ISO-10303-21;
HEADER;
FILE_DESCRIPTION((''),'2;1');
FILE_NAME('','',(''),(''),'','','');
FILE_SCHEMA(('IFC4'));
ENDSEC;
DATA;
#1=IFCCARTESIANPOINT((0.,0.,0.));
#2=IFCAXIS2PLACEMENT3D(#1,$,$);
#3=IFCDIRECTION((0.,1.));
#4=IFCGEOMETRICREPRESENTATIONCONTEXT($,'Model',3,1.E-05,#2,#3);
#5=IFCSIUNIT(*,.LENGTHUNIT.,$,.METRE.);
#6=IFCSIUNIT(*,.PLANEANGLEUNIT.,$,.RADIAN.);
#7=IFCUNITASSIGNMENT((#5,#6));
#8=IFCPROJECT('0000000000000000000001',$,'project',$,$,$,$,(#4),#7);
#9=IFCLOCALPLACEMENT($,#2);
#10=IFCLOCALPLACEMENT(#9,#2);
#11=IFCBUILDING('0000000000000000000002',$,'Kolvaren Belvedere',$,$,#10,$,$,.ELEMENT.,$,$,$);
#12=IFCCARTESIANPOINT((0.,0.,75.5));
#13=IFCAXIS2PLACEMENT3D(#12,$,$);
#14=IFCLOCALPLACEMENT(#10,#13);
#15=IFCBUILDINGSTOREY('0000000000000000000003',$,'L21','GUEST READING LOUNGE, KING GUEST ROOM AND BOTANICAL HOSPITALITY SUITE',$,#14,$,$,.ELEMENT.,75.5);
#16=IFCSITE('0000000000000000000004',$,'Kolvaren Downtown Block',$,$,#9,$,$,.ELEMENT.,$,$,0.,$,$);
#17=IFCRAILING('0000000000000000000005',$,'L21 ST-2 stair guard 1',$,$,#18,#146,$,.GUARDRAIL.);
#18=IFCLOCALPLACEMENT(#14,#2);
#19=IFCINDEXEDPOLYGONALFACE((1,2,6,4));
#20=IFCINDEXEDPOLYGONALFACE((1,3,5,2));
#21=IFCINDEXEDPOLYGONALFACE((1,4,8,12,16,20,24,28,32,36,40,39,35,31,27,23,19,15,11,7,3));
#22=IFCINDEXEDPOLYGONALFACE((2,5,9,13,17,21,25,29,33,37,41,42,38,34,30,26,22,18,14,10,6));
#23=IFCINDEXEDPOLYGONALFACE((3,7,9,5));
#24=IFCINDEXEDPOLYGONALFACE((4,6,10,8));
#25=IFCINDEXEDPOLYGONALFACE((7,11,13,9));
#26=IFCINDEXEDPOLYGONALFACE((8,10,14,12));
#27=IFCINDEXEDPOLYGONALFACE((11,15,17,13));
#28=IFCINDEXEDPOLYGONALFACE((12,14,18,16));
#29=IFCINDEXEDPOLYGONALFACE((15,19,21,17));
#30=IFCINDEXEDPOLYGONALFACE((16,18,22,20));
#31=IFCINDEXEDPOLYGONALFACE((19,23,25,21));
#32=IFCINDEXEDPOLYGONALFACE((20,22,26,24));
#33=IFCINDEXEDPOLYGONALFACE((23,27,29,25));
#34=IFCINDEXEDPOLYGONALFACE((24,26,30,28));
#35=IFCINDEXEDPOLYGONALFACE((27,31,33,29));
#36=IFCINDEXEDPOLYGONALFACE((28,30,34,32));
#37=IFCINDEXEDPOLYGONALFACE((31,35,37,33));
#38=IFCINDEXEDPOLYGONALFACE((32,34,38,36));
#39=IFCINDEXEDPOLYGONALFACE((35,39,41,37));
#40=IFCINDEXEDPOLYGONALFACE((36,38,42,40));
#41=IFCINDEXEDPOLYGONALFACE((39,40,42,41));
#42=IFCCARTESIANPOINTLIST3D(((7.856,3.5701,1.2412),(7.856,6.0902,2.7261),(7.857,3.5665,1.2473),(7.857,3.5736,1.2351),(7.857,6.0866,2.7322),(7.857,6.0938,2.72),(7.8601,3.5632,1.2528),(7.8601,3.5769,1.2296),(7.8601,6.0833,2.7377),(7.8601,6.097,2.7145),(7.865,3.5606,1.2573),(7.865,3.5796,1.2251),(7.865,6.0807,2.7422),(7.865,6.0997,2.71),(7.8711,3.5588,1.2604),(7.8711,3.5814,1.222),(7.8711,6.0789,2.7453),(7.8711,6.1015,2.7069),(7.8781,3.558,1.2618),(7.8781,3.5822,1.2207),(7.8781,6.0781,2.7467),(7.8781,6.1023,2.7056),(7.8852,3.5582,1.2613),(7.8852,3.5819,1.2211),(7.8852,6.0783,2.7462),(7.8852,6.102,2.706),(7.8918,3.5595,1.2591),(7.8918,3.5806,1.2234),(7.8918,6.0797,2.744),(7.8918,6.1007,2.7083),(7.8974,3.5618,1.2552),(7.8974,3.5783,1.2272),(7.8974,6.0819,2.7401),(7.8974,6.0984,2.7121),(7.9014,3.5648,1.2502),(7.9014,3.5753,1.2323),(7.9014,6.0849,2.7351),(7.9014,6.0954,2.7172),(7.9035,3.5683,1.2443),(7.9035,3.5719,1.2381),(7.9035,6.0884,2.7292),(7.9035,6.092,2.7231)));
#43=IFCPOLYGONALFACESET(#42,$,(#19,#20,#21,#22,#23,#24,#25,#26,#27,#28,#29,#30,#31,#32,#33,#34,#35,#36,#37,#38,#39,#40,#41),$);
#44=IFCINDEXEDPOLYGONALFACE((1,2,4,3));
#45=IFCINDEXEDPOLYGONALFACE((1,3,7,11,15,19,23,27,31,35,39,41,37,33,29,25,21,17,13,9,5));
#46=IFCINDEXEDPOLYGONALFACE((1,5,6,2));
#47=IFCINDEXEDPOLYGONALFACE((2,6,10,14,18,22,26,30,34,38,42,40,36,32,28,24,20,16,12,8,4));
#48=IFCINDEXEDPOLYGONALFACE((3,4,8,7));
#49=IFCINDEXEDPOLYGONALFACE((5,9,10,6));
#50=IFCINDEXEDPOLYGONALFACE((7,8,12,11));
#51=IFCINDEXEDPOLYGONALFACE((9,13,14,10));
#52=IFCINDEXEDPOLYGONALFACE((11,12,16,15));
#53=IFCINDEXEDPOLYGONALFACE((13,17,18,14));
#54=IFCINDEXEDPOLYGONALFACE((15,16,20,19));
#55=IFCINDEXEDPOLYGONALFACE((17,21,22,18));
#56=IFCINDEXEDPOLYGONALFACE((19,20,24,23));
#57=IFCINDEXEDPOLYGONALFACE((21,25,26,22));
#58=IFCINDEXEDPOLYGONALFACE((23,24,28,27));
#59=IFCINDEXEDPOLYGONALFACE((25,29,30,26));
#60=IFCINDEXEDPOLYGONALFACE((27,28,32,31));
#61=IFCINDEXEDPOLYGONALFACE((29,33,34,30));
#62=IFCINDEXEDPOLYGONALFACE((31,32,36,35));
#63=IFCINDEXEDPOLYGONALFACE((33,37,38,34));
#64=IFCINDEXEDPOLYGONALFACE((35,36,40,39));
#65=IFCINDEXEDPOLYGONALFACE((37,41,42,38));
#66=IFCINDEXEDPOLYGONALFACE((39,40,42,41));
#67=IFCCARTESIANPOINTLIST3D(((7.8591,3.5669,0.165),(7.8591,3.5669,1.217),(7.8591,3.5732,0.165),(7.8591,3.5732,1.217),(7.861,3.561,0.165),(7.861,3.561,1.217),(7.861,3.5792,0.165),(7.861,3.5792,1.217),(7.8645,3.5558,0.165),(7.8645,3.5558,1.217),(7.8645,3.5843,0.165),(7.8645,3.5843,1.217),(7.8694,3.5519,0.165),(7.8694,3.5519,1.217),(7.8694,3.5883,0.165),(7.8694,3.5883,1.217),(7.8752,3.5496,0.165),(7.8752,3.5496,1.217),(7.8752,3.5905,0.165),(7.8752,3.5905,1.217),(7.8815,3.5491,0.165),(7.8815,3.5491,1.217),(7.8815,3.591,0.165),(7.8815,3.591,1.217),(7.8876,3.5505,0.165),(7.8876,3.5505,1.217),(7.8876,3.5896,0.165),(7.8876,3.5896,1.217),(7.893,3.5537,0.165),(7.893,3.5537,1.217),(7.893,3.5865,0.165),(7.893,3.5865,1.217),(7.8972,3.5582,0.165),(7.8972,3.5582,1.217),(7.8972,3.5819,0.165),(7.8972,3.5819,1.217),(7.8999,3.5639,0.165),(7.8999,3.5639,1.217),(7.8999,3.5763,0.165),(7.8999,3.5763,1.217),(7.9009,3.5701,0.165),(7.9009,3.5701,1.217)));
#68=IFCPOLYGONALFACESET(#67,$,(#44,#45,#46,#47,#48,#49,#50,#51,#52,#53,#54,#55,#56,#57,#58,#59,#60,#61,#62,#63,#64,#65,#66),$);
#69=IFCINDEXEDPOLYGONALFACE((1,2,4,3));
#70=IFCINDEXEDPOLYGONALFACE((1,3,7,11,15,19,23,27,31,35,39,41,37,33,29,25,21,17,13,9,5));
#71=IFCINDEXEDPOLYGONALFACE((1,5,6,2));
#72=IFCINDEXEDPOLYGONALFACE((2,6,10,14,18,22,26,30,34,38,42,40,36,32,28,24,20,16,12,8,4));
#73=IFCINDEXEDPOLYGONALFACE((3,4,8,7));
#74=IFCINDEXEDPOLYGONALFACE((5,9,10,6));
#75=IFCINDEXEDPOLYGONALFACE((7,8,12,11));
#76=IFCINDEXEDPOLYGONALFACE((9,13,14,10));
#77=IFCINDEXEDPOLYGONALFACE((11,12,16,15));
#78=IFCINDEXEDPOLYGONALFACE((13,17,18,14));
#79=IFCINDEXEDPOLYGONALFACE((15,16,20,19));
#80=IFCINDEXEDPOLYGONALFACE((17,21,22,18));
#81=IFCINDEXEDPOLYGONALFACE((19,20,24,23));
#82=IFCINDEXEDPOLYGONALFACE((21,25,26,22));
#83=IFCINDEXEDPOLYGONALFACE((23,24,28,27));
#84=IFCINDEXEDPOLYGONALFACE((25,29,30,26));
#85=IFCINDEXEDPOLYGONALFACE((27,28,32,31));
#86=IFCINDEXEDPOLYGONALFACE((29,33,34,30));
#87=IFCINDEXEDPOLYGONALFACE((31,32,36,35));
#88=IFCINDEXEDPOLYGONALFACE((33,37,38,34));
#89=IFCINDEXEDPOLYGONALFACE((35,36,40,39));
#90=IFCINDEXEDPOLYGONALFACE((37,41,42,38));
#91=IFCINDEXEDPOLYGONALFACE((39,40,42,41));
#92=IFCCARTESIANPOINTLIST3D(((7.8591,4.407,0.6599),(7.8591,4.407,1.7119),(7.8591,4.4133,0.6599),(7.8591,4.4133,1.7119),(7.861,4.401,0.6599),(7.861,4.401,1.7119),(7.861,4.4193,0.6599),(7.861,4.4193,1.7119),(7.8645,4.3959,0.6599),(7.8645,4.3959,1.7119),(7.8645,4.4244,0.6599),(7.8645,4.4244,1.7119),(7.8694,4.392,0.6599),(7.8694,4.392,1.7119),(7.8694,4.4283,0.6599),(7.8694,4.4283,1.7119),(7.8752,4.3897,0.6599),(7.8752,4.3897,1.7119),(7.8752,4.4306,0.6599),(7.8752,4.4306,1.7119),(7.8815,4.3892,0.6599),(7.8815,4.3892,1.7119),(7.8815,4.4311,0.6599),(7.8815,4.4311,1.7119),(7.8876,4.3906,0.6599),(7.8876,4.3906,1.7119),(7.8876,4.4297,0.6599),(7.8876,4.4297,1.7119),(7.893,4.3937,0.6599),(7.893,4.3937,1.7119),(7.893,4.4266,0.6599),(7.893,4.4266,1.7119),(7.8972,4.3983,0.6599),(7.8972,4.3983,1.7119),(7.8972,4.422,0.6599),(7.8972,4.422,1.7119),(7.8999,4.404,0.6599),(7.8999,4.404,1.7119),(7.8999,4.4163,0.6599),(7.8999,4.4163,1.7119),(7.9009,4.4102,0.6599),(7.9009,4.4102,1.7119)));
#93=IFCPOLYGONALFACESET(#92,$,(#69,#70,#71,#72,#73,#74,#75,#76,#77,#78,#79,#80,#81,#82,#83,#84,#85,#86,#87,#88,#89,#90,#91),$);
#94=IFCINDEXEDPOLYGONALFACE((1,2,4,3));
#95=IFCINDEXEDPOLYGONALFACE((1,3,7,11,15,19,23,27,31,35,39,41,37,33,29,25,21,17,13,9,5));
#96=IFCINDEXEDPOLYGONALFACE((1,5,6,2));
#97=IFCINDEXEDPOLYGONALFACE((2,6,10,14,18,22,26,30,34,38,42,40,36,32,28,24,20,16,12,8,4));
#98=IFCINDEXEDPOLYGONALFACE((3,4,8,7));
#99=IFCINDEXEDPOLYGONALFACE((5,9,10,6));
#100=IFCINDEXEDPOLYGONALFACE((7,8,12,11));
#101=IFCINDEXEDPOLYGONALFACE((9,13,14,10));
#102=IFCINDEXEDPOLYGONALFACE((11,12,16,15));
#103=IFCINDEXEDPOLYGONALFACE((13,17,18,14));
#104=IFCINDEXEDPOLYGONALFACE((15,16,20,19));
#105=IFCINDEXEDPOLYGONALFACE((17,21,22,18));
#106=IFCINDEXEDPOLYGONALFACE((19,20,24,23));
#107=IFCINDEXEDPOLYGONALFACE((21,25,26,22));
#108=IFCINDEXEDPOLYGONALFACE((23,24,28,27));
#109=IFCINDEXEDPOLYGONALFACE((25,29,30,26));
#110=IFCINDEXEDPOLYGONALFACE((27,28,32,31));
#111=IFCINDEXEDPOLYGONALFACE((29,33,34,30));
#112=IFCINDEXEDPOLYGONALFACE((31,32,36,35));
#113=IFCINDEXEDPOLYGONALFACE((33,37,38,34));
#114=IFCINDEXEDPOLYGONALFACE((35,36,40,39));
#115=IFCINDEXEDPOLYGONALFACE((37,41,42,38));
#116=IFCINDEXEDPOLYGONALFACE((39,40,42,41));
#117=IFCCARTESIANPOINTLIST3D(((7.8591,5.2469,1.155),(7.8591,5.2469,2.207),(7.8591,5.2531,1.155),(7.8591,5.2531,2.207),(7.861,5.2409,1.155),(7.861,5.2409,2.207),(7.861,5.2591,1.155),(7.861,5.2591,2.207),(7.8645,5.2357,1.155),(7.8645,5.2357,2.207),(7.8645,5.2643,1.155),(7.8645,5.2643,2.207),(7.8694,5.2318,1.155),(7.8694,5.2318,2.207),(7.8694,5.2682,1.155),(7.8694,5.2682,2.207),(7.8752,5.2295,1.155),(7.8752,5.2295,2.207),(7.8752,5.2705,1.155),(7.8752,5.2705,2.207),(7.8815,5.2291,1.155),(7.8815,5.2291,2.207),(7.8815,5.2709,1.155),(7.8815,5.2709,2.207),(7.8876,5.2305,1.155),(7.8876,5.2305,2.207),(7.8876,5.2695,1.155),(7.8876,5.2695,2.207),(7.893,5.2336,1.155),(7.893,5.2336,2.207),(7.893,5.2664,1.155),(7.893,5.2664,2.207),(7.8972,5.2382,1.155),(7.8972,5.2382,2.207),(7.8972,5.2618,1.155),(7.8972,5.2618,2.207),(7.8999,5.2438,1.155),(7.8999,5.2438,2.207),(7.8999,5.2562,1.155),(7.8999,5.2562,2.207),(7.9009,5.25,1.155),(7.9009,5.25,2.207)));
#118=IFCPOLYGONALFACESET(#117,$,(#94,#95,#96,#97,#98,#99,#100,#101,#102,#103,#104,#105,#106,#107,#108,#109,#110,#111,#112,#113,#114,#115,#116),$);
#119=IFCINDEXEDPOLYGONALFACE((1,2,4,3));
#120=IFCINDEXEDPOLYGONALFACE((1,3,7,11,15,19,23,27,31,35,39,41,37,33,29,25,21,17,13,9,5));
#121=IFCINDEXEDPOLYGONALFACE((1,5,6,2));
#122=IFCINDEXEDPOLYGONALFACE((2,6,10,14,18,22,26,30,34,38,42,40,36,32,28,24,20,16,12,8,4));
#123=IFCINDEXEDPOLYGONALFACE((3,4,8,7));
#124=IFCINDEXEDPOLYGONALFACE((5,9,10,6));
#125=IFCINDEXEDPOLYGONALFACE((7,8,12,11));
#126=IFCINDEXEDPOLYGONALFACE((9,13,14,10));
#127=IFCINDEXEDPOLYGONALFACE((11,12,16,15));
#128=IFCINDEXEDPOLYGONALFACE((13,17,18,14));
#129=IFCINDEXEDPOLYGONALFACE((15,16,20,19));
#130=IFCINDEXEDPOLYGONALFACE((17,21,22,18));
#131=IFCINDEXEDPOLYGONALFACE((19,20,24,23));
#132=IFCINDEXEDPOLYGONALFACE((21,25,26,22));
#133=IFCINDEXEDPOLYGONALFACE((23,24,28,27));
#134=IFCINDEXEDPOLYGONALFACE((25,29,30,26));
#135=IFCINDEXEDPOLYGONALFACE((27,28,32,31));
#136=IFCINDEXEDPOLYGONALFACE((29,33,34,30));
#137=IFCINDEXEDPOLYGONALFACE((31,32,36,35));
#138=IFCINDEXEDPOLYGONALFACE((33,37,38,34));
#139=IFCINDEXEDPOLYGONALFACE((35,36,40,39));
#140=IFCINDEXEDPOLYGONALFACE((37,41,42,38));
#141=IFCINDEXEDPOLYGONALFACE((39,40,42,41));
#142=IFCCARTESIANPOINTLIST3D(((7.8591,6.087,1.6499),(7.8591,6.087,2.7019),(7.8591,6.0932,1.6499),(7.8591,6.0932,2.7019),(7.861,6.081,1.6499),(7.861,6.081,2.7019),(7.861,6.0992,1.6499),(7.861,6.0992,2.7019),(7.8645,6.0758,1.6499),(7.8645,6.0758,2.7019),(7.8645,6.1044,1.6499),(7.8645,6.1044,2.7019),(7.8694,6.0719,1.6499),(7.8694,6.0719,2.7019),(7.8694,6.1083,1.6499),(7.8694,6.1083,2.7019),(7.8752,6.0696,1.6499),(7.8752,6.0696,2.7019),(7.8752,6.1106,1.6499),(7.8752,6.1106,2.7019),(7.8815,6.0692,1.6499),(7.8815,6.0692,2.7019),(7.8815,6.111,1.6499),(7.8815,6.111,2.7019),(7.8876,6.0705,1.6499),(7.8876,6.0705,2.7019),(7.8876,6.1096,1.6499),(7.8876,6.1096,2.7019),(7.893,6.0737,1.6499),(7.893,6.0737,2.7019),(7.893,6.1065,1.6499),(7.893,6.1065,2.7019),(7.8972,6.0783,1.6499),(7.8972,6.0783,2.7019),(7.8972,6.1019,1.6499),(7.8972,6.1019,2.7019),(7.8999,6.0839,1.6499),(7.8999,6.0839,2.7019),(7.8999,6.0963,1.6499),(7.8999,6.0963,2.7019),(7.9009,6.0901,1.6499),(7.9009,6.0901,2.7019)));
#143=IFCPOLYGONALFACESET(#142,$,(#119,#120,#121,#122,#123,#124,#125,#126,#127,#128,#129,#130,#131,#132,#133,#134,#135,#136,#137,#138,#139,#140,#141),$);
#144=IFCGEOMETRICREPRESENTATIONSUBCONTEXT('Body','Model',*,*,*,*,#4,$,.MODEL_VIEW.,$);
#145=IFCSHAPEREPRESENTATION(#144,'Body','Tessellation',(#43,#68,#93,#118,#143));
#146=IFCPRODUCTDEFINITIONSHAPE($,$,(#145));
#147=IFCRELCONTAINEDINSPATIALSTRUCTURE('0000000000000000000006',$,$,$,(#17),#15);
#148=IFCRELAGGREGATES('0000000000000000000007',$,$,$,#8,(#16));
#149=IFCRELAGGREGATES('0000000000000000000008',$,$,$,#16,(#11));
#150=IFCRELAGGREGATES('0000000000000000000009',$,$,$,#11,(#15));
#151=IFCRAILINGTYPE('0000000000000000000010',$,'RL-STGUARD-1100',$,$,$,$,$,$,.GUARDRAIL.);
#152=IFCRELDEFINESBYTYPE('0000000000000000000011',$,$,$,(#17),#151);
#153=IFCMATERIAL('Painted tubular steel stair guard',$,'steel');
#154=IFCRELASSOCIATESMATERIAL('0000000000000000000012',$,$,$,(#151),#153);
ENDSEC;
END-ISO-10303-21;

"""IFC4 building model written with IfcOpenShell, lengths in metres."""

from ifc_helpers import new_model, si_unit, direction, frame, origin, origin_2d, place, context, subcontext, project, spatial, circle, extrude, material, type_object, element, save


model = new_model("IFC4")

# Units and contexts
model_context = context("Model", 3, precision=1e-05, world=origin(), true_north=direction((0.0, 1.0)))
body_context = subcontext(model_context, "Body", "Model", "MODEL_VIEW")
ifc_project = project(units=[si_unit("LENGTHUNIT", "METRE"), si_unit("PLANEANGLEUNIT", "RADIAN")], contexts=[model_context])

# Site, building, storey
site_placement = place(None, origin())
site = spatial("IfcSite", under=ifc_project, at=site_placement, Name="Kolvaren Downtown Block", CompositionType="ELEMENT", RefElevation=0.0)
building_placement = place(site_placement, origin())
building = spatial("IfcBuilding", under=site, at=building_placement, Name="Kolvaren Belvedere", CompositionType="ELEMENT")
storey_placement = place(building_placement, frame((0.0, 0.0, 75.5)))
storey = spatial("IfcBuildingStorey", under=building, at=storey_placement, Name="L21", Description="GUEST READING LOUNGE, KING GUEST ROOM AND BOTANICAL HOSPITALITY SUITE", CompositionType="ELEMENT", Elevation=75.5)

# Railing
ifc_material_1 = material(Name="Painted tubular steel stair guard", Category="steel")
railing_type_1 = type_object("IfcRailingType", Name="RL-STGUARD-1100", PredefinedType="GUARDRAIL", material=ifc_material_1)
railing_1_placement = place(storey_placement, frame((7.8799, 3.5701, 0.165)))
element("IfcRailing", 1, at=railing_1_placement, inside=storey, type_object=railing_type_1, Name="L21 ST-2 stair guard 1", PredefinedType="GUARDRAIL", context=body_context, shape_type="SweptSolid", body=[
    extrude(circle(Radius=0.0239, at=origin_2d()), frame((0.0, 0.0, 1.0762), z_axis=(0.0, 0.861561, 0.507655), x_axis=(-1.0, 0.0, 0.0)), (0.0, 0.0, 1.0), 2.925),
    extrude(circle(Radius=0.021, at=origin_2d()), origin(), (0.0, 0.0, 1.0), 1.052),
    extrude(circle(Radius=0.021, at=origin_2d()), frame((0.0, 0.8401, 0.4949)), (0.0, 0.0, 1.0), 1.052),
    extrude(circle(Radius=0.021, at=origin_2d()), frame((0.0, 1.6799, 0.99)), (0.0, 0.0, 1.0), 1.052),
    extrude(circle(Radius=0.021, at=origin_2d()), frame((0.0, 2.52, 1.4849)), (0.0, 0.0, 1.0), 1.052),
])

save(model, "model.ifc")
